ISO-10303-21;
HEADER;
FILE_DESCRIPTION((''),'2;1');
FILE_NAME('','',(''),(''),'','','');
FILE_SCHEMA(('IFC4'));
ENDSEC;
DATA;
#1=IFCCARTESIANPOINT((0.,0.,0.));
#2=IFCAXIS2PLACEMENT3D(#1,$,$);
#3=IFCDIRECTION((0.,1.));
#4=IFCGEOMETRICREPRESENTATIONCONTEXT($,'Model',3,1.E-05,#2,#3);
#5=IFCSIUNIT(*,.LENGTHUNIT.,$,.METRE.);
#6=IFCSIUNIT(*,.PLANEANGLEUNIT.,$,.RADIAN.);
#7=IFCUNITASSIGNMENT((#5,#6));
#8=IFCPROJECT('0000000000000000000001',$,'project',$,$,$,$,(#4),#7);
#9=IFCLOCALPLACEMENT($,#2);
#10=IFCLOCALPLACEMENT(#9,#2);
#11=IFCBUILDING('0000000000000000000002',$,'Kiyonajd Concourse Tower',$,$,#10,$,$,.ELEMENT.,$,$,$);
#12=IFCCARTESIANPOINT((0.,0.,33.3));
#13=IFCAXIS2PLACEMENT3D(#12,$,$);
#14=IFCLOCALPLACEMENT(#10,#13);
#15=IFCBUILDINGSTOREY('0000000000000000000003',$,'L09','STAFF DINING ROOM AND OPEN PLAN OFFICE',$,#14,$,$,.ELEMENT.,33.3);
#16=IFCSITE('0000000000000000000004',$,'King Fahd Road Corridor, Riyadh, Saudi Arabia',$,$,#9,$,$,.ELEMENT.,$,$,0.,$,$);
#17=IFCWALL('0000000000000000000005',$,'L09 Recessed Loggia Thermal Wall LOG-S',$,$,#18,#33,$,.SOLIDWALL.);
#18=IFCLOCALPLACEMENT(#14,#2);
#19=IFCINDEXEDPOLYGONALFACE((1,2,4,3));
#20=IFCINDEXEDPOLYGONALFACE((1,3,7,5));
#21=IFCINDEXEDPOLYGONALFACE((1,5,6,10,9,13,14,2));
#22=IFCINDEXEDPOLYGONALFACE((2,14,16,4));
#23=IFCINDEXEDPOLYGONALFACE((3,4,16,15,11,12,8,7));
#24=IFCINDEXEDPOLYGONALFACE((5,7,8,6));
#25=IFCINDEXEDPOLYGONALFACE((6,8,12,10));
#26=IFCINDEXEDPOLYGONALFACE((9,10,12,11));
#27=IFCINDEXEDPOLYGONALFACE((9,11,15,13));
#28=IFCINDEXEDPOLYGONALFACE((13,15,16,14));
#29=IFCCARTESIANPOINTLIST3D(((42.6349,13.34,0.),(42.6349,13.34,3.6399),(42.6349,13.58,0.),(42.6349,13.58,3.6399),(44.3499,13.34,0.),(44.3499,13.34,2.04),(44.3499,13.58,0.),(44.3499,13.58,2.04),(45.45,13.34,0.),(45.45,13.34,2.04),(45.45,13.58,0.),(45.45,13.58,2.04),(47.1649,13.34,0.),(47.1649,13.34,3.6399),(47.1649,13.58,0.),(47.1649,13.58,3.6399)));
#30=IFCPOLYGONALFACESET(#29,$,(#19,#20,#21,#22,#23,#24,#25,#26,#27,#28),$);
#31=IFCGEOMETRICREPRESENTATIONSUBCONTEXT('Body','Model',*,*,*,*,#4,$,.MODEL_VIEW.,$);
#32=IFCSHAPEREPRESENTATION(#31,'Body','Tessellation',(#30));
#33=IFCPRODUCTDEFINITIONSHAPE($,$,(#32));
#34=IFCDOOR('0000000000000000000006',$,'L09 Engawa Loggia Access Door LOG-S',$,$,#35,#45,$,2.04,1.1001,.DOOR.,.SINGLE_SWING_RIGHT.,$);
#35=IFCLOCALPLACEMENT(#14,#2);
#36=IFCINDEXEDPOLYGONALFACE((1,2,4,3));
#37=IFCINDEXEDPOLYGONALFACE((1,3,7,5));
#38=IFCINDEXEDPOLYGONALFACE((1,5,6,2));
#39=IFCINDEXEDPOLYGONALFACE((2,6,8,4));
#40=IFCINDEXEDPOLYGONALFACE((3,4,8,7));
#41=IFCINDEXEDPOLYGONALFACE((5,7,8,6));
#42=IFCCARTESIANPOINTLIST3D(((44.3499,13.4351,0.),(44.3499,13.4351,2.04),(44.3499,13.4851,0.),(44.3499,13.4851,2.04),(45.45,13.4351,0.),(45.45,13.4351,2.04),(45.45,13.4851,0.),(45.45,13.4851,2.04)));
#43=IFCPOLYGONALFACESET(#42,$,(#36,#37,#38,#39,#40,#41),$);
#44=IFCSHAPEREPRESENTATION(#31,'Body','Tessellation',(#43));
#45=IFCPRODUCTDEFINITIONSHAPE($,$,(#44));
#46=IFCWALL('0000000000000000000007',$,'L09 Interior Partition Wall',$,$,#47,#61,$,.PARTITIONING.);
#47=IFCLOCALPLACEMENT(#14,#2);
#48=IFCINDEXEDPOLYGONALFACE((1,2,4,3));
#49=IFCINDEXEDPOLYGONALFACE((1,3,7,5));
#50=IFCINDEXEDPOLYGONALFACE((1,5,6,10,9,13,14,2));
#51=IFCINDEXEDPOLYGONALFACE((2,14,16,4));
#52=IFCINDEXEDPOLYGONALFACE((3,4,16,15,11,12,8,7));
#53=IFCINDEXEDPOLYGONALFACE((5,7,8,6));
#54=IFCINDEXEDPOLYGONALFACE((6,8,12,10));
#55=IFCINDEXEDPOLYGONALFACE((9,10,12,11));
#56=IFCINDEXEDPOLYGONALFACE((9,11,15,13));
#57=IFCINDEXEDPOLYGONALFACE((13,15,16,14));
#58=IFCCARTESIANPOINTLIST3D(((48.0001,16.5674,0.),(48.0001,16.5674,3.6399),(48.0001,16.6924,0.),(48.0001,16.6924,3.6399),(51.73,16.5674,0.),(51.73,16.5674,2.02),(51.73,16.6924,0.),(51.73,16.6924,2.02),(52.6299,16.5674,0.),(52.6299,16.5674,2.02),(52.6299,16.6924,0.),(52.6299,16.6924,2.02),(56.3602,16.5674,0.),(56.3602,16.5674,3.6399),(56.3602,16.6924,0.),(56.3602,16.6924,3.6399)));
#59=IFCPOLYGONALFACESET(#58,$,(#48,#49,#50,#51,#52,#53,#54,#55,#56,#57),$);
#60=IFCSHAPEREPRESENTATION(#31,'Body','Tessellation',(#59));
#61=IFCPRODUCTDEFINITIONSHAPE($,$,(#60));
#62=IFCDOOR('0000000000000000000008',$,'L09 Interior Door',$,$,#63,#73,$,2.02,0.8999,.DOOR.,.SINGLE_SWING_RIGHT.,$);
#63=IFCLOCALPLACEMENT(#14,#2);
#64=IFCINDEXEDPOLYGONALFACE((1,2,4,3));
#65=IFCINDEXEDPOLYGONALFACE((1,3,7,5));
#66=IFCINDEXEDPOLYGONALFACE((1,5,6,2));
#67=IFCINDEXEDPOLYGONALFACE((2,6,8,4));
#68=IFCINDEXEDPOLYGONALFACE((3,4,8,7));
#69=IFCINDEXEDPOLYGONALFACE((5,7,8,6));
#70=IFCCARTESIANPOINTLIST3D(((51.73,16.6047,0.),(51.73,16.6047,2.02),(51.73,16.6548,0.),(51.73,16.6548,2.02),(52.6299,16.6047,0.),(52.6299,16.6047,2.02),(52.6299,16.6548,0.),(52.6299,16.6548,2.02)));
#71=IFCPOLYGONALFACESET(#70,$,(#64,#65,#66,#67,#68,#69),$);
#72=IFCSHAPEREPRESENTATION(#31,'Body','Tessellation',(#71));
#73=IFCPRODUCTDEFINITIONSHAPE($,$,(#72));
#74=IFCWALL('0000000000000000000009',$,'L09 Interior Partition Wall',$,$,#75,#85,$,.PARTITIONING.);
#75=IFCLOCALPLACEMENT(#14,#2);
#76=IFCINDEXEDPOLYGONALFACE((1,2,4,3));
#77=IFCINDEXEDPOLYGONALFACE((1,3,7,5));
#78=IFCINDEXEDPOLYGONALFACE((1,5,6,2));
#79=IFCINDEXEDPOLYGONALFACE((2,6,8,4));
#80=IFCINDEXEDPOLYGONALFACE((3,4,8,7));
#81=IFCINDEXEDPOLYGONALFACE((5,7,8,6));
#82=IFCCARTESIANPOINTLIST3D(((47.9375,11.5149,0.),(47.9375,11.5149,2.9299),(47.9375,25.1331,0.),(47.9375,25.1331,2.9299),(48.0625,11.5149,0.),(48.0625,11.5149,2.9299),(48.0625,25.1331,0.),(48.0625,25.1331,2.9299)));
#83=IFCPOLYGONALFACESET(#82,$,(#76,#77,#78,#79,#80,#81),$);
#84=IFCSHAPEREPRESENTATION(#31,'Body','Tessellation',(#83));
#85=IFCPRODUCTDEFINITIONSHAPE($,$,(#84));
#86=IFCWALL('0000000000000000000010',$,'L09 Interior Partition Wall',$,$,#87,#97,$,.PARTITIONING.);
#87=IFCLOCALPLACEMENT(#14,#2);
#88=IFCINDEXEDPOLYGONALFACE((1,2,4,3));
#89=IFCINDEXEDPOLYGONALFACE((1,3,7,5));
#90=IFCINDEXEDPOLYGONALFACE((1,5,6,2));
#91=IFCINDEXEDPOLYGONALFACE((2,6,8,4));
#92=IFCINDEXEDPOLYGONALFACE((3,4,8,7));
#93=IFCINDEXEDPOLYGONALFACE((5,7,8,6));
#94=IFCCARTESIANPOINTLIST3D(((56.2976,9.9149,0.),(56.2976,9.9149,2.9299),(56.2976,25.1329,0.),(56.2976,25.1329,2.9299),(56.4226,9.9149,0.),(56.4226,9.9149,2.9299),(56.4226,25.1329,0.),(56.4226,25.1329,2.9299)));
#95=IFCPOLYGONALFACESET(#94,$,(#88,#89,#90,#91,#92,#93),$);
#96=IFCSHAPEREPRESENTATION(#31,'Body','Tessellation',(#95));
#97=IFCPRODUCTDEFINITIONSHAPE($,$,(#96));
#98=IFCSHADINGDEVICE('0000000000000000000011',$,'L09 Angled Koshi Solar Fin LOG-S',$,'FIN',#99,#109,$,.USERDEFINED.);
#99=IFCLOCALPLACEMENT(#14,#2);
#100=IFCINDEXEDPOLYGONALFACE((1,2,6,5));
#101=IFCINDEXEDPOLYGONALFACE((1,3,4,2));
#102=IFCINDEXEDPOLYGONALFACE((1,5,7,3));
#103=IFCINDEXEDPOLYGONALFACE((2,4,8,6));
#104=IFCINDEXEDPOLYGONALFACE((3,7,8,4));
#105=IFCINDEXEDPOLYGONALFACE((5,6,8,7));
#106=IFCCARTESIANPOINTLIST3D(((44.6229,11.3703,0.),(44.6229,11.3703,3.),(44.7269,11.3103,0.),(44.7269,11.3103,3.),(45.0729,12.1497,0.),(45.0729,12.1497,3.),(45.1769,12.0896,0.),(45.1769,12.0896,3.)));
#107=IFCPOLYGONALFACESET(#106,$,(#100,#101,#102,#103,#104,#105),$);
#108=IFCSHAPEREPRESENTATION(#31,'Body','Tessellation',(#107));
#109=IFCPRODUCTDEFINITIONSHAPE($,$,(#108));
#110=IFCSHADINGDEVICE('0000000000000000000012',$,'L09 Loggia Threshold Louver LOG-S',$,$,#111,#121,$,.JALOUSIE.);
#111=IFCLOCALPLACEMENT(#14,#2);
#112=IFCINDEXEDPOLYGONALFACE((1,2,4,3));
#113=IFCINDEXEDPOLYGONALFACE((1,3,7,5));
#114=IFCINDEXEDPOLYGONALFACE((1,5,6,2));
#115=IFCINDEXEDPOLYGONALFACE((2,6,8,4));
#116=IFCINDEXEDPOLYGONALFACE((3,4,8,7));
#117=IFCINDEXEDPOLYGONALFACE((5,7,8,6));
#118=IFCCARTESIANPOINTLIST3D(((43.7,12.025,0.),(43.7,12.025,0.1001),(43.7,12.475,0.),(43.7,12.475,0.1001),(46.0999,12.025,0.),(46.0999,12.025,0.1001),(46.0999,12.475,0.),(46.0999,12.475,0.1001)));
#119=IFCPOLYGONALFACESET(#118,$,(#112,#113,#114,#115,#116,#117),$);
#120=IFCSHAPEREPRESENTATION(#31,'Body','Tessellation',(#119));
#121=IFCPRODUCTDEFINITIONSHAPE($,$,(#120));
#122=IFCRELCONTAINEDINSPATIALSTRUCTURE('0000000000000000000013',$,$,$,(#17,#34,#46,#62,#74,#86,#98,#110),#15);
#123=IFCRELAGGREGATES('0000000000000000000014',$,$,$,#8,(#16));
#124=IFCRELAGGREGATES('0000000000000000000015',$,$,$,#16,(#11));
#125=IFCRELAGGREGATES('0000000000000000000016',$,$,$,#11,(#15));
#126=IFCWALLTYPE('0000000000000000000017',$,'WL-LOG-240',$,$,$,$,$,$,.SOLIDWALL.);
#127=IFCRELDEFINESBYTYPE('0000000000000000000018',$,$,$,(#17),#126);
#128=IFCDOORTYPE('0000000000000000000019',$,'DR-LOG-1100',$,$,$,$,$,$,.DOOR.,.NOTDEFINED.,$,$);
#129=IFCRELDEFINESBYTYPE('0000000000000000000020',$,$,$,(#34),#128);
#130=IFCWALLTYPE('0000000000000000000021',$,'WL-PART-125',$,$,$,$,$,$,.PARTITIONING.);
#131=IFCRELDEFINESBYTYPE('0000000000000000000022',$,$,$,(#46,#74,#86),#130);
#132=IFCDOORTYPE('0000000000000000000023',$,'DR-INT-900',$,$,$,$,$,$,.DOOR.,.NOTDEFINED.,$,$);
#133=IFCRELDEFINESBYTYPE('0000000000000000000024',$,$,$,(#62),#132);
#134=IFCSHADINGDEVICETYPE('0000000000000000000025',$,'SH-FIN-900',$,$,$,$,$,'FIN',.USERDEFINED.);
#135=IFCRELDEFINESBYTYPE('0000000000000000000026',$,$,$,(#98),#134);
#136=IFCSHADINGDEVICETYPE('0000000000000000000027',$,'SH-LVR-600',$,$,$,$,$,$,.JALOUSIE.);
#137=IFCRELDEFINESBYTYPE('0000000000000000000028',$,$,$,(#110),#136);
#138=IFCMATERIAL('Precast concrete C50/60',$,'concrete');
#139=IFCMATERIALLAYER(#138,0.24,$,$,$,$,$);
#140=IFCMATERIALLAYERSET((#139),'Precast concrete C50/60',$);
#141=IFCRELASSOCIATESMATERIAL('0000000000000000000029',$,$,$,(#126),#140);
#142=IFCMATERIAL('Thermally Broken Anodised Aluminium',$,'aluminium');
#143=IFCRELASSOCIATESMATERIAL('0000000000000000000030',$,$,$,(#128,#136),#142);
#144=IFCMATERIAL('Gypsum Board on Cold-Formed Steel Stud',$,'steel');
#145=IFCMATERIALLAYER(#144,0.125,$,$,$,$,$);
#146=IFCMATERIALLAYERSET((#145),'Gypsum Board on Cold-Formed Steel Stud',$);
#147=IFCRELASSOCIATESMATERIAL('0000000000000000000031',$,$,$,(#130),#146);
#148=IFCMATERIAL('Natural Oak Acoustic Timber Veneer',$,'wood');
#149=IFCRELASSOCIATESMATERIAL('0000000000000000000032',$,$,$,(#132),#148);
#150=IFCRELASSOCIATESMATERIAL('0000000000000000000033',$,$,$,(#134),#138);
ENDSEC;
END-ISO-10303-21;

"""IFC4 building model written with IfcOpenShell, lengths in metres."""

from ifc_helpers import new_model, si_unit, direction, frame, frame_2d, origin, origin_2d, place, context, subcontext, project, spatial, rectangle, extrude, material, layer, layer_set, type_object, element, fill, save


model = new_model("IFC4")

# Units and contexts
model_context = context("Model", 3, precision=1e-05, world=origin(), true_north=direction((0.0, 1.0)))
body_context = subcontext(model_context, "Body", "Model", "MODEL_VIEW")
ifc_project = project(units=[si_unit("LENGTHUNIT", "METRE"), si_unit("PLANEANGLEUNIT", "RADIAN")], contexts=[model_context])

# Site, building, storey
site_placement = place(None, origin())
site = spatial("IfcSite", under=ifc_project, at=site_placement, Name="King Fahd Road Corridor, Riyadh, Saudi Arabia", CompositionType="ELEMENT", RefElevation=0.0)
building_placement = place(site_placement, origin())
building = spatial("IfcBuilding", under=site, at=building_placement, Name="Kiyonajd Concourse Tower", CompositionType="ELEMENT")
storey_placement = place(building_placement, frame((0.0, 0.0, 33.3)))
storey = spatial("IfcBuildingStorey", under=building, at=storey_placement, Name="L09", Description="STAFF DINING ROOM AND OPEN PLAN OFFICE", CompositionType="ELEMENT", Elevation=33.3)

# Shared definitions
ifc_material_1 = material(Name="Precast concrete C50/60", Category="concrete")

# Shared definitions
ifc_material_2 = material(Name="Thermally Broken Anodised Aluminium", Category="aluminium")

# Walls, openings, doors
ifc_layer_1 = layer(ifc_material_1, 0.24)
ifc_layer_set_1 = layer_set([ifc_layer_1], Name="Precast concrete C50/60")
wall_type_1 = type_object("IfcWallType", Name="WL-LOG-240", PredefinedType="SOLIDWALL", material=ifc_layer_set_1)
wall_1_placement = place(storey_placement, frame((47.165, 13.46, 0.0), z_axis=(0.0, 0.0, 1.0), x_axis=(-1.0, 0.0, 0.0)))
wall_1 = element("IfcWall", 1, at=wall_1_placement, inside=storey, type_object=wall_type_1, Name="L09 Recessed Loggia Thermal Wall LOG-S", PredefinedType="SOLIDWALL", context=body_context, shape_type="SweptSolid", body=[
    extrude(rectangle(XDim=4.53, YDim=0.24, at=frame_2d((2.2651, 0.0))), origin(), (0.0, 0.0, 1.0), 3.6399),
])
opening_1_placement = place(wall_1_placement, frame((1.7151, 0.0, 0.0)))
opening_1 = element("IfcOpeningElement", 2, at=opening_1_placement, cuts=wall_1, PredefinedType="OPENING", context=body_context, shape_type="SweptSolid", body=[
    extrude(rectangle(XDim=1.1001, YDim=2.04, at=frame_2d((0.55, 1.02))), frame((0.0, 0.1299, 0.0), z_axis=(0.0, -1.0, 0.0), x_axis=(1.0, 0.0, 0.0)), (0.0, 0.0, 1.0), 0.26),
])
door_type_1 = type_object("IfcDoorType", Name="DR-LOG-1100", OperationType="NOTDEFINED", PredefinedType="DOOR", material=ifc_material_2)
door_1_placement = place(opening_1_placement, origin())
door_1 = element("IfcDoor", 3, at=door_1_placement, inside=storey, type_object=door_type_1, Name="L09 Engawa Loggia Access Door LOG-S", OperationType="SINGLE_SWING_RIGHT", OverallHeight=2.04, OverallWidth=1.1001, PredefinedType="DOOR", context=body_context, shape_type="SweptSolid", body=[
    extrude(rectangle(XDim=1.1001, YDim=2.04, at=frame_2d((0.55, 1.02))), frame((0.0, 0.0249, 0.0), z_axis=(0.0, -1.0, 0.0), x_axis=(1.0, 0.0, 0.0)), (0.0, 0.0, 1.0), 0.05),
])
fill(opening_1, door_1)
ifc_material_3 = material(Name="Gypsum Board on Cold-Formed Steel Stud", Category="steel")
ifc_layer_2 = layer(ifc_material_3, 0.125)
ifc_layer_set_2 = layer_set([ifc_layer_2], Name="Gypsum Board on Cold-Formed Steel Stud")
wall_type_2 = type_object("IfcWallType", Name="WL-PART-125", PredefinedType="PARTITIONING", material=ifc_layer_set_2)
wall_2_placement = place(storey_placement, frame((48.0, 16.6299, 0.0), z_axis=(0.0, 0.0, 1.0), x_axis=(1.0, 0.0, 0.0)))
wall_2 = element("IfcWall", 4, at=wall_2_placement, inside=storey, type_object=wall_type_2, Name="L09 Interior Partition Wall", PredefinedType="PARTITIONING", context=body_context, shape_type="SweptSolid", body=[
    extrude(rectangle(XDim=8.3601, YDim=0.125, at=frame_2d((4.1802, 0.0))), origin(), (0.0, 0.0, 1.0), 3.6399),
])
opening_2_placement = place(wall_2_placement, frame((3.73, 0.0, 0.0)))
opening_2 = element("IfcOpeningElement", 5, at=opening_2_placement, cuts=wall_2, PredefinedType="OPENING", context=body_context, shape_type="SweptSolid", body=[
    extrude(rectangle(XDim=0.8999, YDim=2.02, at=frame_2d((0.45, 1.01))), frame((0.0, 0.0725, 0.0), z_axis=(0.0, -1.0, 0.0), x_axis=(1.0, 0.0, 0.0)), (0.0, 0.0, 1.0), 0.145),
])
ifc_material_4 = material(Name="Natural Oak Acoustic Timber Veneer", Category="wood")
door_type_2 = type_object("IfcDoorType", Name="DR-INT-900", OperationType="NOTDEFINED", PredefinedType="DOOR", material=ifc_material_4)
door_2_placement = place(opening_2_placement, origin())
door_2 = element("IfcDoor", 6, at=door_2_placement, inside=storey, type_object=door_type_2, Name="L09 Interior Door", OperationType="SINGLE_SWING_RIGHT", OverallHeight=2.02, OverallWidth=0.8999, PredefinedType="DOOR", context=body_context, shape_type="SweptSolid", body=[
    extrude(rectangle(XDim=0.8999, YDim=2.02, at=frame_2d((0.45, 1.01))), frame((0.0, 0.0249, 0.0), z_axis=(0.0, -1.0, 0.0), x_axis=(1.0, 0.0, 0.0)), (0.0, 0.0, 1.0), 0.05),
])
fill(opening_2, door_2)

# Walls
wall_3_placement = place(storey_placement, frame((48.0, 11.5149, 0.0), z_axis=(0.0, 0.0, 1.0), x_axis=(0.0, 1.0, 0.0)))
element("IfcWall", 7, at=wall_3_placement, inside=storey, type_object=wall_type_2, Name="L09 Interior Partition Wall", PredefinedType="PARTITIONING", context=body_context, shape_type="SweptSolid", body=[
    extrude(rectangle(XDim=13.6182, YDim=0.125, at=frame_2d((6.8091, 0.0))), origin(), (0.0, 0.0, 1.0), 2.9299),
])
wall_4_placement = place(storey_placement, frame((56.3601, 9.915, 0.0), z_axis=(0.0, 0.0, 1.0), x_axis=(0.0, 1.0, 0.0)))
element("IfcWall", 8, at=wall_4_placement, inside=storey, type_object=wall_type_2, Name="L09 Interior Partition Wall", PredefinedType="PARTITIONING", context=body_context, shape_type="SweptSolid", body=[
    extrude(rectangle(XDim=15.218, YDim=0.125, at=frame_2d((7.6089, 0.0))), origin(), (0.0, 0.0, 1.0), 2.9299),
])

# Shading devices
shading_device_type_1 = type_object("IfcShadingDeviceType", Name="SH-FIN-900", ElementType="FIN", PredefinedType="USERDEFINED", material=ifc_material_1)
shading_device_1_placement = place(storey_placement, frame((44.8999, 11.73, 0.0), z_axis=(0.0, 0.0, 1.0), x_axis=(0.5, 0.866025, 0.0)))
element("IfcShadingDevice", 9, at=shading_device_1_placement, inside=storey, type_object=shading_device_type_1, Name="L09 Angled Koshi Solar Fin LOG-S", ObjectType="FIN", PredefinedType="USERDEFINED", context=body_context, shape_type="SweptSolid", body=[
    extrude(rectangle(XDim=0.8999, YDim=0.1201, at=origin_2d()), origin(), (0.0, 0.0, 1.0), 3.0),
])
shading_device_type_2 = type_object("IfcShadingDeviceType", Name="SH-LVR-600", PredefinedType="JALOUSIE", material=ifc_material_2)
shading_device_2_placement = place(storey_placement, frame((44.8999, 12.25, 0.0), z_axis=(0.0, 0.0, 1.0), x_axis=(1.0, 0.0, 0.0)))
element("IfcShadingDevice", 10, at=shading_device_2_placement, inside=storey, type_object=shading_device_type_2, Name="L09 Loggia Threshold Louver LOG-S", PredefinedType="JALOUSIE", context=body_context, shape_type="SweptSolid", body=[
    extrude(rectangle(XDim=2.3999, YDim=0.45, at=origin_2d()), origin(), (0.0, 0.0, 1.0), 0.1001),
])

save(model, "model.ifc")
